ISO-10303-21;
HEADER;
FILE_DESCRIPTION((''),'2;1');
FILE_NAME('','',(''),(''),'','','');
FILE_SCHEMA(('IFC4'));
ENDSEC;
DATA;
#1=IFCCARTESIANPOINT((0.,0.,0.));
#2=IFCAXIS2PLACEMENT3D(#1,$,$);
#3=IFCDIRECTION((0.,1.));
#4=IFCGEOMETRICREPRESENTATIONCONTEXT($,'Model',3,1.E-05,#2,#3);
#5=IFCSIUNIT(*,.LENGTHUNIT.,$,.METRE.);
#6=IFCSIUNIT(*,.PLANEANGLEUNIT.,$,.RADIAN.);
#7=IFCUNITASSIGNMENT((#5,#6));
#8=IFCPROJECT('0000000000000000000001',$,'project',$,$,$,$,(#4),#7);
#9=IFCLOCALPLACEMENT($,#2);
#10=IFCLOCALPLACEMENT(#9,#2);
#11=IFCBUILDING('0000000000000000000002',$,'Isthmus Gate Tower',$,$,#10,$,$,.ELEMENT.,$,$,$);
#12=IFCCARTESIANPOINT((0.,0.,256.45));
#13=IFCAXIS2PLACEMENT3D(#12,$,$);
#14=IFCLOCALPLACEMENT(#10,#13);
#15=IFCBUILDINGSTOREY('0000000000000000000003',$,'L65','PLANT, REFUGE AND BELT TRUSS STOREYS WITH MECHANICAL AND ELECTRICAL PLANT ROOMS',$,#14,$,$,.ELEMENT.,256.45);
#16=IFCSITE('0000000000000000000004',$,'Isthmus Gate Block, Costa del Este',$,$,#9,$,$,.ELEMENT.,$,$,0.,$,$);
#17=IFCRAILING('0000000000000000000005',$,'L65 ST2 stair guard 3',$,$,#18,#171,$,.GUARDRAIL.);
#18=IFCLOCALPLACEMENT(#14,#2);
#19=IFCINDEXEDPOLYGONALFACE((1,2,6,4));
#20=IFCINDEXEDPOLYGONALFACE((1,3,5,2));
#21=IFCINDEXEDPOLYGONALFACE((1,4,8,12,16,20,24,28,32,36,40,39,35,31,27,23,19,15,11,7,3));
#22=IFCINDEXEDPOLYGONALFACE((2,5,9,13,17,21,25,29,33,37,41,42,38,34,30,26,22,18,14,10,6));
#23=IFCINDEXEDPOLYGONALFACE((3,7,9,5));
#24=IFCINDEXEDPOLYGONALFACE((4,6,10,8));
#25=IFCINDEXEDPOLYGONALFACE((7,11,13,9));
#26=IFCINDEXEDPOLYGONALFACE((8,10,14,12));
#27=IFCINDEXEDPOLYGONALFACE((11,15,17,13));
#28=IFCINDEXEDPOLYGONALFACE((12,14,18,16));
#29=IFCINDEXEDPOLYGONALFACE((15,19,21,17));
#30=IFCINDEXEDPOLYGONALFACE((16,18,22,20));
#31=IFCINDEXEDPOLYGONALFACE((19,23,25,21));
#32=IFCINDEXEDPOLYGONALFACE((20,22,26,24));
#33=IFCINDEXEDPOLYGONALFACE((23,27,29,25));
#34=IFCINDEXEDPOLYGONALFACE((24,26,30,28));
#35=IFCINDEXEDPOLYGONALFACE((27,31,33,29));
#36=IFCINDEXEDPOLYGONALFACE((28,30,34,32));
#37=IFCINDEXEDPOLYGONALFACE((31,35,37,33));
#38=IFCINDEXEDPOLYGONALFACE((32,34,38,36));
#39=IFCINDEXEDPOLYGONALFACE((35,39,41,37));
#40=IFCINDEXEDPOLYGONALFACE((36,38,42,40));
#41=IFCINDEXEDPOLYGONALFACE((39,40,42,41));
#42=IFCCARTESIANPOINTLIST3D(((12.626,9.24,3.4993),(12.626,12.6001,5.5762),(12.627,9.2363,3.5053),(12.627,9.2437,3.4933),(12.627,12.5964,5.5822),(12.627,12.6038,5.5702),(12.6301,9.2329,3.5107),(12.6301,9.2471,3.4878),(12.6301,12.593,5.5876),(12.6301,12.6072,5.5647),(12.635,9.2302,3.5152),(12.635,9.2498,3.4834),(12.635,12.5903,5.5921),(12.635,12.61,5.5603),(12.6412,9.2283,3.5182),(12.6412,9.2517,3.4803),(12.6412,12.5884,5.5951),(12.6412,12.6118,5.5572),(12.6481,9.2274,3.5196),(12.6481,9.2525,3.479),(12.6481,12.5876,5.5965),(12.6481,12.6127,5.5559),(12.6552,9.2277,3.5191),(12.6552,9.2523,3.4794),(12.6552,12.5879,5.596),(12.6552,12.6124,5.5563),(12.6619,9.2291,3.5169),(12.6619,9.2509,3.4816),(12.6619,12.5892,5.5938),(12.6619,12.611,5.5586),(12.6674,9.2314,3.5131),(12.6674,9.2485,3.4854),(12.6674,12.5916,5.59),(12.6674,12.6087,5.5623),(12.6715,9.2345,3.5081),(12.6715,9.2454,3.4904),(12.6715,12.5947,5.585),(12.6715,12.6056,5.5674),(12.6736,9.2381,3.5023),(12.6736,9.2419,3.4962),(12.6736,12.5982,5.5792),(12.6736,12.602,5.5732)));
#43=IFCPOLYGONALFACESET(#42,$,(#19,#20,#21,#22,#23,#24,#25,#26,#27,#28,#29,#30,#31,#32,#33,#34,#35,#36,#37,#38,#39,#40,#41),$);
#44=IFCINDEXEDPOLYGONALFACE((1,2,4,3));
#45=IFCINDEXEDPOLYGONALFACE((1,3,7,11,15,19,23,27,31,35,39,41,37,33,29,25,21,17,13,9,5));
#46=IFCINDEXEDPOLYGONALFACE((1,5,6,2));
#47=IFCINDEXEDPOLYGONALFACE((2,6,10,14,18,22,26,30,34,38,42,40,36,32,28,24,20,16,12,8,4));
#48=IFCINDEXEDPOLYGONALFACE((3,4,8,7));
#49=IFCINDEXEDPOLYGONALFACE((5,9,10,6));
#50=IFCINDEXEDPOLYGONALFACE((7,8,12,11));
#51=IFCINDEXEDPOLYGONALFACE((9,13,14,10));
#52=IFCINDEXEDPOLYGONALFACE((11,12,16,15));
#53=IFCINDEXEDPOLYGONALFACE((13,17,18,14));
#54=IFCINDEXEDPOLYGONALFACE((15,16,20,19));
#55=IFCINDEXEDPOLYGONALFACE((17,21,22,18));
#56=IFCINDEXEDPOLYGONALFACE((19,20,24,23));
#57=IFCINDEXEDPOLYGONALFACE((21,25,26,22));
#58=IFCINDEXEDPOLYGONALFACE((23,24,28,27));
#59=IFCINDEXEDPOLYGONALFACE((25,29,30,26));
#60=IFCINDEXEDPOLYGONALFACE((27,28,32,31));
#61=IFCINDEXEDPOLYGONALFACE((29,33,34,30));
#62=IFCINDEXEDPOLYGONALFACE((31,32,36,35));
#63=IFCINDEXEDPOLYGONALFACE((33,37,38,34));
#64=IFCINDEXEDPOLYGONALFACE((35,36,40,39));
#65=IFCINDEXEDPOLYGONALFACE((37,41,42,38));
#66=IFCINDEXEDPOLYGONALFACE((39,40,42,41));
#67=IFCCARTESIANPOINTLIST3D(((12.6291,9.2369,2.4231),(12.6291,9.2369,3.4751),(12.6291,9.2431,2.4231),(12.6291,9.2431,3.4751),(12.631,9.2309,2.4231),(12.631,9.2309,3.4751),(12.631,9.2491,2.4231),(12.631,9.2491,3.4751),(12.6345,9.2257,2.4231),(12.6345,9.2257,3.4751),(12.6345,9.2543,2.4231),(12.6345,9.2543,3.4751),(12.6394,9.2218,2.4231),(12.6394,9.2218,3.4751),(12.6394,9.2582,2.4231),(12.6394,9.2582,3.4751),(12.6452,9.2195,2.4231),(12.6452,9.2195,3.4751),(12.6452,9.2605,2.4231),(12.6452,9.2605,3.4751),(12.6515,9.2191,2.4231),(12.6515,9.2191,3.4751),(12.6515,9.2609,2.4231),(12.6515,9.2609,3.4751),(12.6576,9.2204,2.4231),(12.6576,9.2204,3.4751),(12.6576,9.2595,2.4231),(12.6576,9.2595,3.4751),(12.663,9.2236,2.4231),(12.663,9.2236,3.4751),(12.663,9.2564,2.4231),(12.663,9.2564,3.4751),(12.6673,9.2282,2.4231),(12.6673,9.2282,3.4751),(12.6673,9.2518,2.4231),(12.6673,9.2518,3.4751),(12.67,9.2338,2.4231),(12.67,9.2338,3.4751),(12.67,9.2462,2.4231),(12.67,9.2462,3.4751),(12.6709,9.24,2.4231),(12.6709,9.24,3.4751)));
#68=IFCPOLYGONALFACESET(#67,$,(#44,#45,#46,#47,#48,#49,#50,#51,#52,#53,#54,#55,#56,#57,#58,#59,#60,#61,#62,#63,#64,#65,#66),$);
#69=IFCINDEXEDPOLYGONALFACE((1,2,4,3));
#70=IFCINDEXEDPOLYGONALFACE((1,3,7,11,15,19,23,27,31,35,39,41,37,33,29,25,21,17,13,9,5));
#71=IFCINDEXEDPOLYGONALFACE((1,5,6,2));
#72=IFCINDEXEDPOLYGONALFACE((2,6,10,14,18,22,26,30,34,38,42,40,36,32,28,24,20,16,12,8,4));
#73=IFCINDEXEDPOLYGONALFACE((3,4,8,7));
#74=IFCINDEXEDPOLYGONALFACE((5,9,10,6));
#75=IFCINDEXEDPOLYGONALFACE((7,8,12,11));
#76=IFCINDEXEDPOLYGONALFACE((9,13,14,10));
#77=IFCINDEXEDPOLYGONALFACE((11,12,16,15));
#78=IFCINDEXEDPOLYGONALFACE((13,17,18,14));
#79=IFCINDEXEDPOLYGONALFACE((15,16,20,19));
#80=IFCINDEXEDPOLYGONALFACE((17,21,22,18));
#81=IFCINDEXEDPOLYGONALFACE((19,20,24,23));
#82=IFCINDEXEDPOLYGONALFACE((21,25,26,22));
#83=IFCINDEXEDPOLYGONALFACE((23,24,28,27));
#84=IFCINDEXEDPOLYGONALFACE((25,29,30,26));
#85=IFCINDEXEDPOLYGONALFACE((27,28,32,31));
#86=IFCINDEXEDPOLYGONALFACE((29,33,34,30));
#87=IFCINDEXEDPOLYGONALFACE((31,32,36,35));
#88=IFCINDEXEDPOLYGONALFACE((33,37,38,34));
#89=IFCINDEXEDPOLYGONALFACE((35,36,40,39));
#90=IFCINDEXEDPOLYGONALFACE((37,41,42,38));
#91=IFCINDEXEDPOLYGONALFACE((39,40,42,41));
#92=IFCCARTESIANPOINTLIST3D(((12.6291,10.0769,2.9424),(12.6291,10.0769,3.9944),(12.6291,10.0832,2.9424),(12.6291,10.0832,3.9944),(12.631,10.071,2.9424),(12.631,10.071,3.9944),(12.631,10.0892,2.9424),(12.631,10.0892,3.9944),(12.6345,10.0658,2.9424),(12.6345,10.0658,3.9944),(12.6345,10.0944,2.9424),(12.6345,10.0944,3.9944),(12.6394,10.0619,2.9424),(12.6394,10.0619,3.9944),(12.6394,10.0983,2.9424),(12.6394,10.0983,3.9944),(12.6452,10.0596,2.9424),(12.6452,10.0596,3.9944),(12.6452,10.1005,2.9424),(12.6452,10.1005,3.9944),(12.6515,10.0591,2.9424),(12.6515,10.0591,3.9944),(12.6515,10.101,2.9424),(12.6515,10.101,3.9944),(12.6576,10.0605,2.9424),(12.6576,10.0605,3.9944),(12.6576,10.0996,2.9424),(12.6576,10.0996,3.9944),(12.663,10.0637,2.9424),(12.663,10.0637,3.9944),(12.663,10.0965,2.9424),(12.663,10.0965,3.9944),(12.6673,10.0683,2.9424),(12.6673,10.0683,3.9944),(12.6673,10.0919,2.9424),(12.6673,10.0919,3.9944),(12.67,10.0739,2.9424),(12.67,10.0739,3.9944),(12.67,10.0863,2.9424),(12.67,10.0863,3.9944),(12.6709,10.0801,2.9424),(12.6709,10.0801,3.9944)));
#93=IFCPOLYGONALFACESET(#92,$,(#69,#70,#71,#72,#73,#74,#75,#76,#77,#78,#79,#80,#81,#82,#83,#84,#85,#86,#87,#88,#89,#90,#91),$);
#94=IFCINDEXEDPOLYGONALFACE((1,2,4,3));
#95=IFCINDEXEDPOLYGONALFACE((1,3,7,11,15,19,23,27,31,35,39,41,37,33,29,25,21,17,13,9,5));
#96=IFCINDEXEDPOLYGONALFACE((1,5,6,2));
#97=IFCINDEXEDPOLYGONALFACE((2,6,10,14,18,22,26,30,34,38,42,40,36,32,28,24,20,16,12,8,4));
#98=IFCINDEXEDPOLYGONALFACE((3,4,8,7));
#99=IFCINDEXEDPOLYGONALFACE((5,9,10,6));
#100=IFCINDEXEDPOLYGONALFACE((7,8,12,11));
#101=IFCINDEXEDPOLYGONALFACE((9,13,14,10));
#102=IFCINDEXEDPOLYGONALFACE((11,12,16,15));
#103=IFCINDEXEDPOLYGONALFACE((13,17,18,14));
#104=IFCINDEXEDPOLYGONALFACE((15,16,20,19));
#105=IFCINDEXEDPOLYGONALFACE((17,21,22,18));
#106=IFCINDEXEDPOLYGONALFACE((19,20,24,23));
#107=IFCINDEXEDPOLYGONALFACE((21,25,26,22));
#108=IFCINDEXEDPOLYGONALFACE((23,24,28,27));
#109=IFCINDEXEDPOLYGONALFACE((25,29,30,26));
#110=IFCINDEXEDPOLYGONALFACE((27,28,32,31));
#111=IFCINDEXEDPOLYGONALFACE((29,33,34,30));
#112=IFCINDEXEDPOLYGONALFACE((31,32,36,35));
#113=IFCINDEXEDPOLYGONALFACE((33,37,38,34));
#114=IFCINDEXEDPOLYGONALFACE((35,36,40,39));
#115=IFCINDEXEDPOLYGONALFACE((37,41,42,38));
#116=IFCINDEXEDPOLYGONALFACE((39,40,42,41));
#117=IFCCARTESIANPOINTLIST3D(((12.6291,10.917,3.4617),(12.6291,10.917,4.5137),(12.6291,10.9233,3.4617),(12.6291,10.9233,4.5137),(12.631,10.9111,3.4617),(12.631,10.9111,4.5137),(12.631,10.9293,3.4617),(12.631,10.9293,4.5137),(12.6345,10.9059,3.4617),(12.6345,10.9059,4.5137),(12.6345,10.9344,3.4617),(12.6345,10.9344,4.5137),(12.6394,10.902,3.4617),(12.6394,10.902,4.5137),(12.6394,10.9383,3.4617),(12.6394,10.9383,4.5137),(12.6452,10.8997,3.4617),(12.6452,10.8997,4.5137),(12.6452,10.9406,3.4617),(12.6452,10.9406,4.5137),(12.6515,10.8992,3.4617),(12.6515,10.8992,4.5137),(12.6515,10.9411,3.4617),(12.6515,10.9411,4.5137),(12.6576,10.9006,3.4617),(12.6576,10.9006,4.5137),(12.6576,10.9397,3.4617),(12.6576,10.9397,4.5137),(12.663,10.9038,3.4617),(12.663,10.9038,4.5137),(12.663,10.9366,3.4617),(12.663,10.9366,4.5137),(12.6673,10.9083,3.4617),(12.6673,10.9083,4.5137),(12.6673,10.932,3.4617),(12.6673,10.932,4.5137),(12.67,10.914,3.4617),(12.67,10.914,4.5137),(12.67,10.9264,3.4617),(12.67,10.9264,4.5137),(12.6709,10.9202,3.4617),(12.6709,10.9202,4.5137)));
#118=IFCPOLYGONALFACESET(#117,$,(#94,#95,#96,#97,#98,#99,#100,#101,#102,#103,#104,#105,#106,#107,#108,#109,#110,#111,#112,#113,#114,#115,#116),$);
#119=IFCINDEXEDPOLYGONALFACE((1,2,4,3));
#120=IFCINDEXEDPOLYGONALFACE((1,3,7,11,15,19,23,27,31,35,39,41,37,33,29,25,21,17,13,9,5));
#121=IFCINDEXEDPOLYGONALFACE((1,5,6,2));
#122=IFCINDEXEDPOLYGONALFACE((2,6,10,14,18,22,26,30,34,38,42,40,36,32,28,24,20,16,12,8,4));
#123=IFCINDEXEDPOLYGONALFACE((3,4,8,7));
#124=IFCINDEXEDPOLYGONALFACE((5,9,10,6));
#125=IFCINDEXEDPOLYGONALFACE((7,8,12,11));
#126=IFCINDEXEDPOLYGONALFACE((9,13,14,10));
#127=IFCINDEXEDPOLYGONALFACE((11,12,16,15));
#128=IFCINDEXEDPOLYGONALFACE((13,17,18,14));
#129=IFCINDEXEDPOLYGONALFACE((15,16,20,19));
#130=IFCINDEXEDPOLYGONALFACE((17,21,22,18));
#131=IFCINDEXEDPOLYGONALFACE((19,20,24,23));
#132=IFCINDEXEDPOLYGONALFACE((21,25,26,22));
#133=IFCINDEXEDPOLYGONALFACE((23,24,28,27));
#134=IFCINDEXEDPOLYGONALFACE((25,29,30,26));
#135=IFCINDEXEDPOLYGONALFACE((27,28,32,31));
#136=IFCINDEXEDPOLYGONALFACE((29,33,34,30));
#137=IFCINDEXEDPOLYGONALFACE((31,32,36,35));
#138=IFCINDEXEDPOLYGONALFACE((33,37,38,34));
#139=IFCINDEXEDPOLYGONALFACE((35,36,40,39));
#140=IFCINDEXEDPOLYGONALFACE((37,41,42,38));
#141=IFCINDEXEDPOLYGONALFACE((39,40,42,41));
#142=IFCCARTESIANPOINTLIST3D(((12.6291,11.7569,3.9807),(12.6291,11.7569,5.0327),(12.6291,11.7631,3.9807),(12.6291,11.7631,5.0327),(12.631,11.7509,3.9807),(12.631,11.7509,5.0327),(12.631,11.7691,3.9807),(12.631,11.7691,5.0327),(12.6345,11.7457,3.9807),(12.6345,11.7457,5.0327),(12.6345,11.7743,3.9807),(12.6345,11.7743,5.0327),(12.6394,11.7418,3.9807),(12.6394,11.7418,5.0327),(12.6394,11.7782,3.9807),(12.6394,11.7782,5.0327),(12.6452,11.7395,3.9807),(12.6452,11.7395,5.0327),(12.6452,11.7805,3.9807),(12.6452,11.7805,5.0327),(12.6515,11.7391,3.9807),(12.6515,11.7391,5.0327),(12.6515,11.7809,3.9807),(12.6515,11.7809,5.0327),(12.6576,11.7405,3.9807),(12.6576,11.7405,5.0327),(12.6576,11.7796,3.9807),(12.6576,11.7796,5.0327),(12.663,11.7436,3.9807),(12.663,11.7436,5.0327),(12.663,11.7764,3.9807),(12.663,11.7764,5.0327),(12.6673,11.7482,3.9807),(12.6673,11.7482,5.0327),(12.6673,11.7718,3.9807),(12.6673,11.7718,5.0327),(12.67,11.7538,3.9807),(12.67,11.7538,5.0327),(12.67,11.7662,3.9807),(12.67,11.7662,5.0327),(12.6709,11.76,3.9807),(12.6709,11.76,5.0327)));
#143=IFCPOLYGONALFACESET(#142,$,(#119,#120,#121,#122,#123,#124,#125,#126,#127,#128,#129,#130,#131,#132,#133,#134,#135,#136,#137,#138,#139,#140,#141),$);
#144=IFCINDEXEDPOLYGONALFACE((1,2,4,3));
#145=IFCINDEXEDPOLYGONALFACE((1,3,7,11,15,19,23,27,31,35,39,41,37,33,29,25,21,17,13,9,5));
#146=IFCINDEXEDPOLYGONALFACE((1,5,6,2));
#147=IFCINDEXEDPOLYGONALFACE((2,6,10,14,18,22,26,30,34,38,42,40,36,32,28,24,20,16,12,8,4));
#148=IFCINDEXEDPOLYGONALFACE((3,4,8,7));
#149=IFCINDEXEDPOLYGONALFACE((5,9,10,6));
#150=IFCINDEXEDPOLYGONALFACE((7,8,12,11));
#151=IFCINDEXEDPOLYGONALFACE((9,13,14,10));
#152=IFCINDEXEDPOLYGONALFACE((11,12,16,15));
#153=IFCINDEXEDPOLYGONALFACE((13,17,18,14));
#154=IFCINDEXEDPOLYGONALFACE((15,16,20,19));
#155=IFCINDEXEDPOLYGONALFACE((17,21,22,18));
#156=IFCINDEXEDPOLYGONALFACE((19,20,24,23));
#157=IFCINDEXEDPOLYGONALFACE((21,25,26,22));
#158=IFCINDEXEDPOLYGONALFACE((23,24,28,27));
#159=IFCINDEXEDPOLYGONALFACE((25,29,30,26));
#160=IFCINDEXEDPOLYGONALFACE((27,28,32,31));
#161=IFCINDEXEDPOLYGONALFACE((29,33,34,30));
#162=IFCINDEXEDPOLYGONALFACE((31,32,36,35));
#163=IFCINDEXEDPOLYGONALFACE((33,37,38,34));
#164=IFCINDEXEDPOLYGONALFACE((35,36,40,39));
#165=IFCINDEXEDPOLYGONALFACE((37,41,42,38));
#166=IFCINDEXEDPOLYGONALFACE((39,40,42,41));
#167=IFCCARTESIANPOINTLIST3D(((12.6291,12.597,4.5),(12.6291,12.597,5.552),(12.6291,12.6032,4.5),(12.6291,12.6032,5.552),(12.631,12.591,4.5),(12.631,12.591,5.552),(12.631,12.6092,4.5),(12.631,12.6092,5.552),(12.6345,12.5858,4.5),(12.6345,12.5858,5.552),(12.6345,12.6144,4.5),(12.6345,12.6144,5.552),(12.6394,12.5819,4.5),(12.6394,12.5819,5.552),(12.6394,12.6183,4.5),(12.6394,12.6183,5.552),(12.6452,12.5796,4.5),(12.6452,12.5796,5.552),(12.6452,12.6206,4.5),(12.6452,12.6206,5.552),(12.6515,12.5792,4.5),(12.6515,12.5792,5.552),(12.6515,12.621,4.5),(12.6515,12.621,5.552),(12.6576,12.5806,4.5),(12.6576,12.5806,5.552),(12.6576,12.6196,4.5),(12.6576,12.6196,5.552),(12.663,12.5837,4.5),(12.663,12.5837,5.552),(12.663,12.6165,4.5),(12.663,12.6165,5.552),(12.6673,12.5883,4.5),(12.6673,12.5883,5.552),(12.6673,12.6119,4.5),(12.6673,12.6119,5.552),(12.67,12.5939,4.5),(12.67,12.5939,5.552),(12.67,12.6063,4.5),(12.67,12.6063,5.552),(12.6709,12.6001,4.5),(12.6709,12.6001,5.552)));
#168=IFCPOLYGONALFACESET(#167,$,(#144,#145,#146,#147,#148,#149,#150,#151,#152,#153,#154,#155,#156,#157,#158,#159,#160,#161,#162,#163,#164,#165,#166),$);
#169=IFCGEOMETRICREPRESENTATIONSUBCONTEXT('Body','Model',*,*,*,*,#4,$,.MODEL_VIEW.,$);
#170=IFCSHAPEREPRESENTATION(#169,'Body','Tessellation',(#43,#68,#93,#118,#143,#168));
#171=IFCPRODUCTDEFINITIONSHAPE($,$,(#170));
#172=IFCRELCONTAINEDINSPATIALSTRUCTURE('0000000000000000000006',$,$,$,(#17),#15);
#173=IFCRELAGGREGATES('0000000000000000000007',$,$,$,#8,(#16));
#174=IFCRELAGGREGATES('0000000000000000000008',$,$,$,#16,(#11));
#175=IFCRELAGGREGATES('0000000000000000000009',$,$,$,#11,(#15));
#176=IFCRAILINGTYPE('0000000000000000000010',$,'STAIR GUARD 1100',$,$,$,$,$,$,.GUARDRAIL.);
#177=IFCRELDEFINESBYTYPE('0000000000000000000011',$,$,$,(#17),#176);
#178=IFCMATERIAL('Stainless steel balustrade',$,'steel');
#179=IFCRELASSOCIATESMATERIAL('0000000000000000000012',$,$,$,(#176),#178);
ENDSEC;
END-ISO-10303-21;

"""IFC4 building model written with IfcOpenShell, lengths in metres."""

from ifc_helpers import new_model, si_unit, direction, frame, origin, origin_2d, place, context, subcontext, project, spatial, circle, extrude, material, type_object, element, save


model = new_model("IFC4")

# Units and contexts
model_context = context("Model", 3, precision=1e-05, world=origin(), true_north=direction((0.0, 1.0)))
body_context = subcontext(model_context, "Body", "Model", "MODEL_VIEW")
ifc_project = project(units=[si_unit("LENGTHUNIT", "METRE"), si_unit("PLANEANGLEUNIT", "RADIAN")], contexts=[model_context])

# Site, building, storey
site_placement = place(None, origin())
site = spatial("IfcSite", under=ifc_project, at=site_placement, Name="Isthmus Gate Block, Costa del Este", CompositionType="ELEMENT", RefElevation=0.0)
building_placement = place(site_placement, origin())
building = spatial("IfcBuilding", under=site, at=building_placement, Name="Isthmus Gate Tower", CompositionType="ELEMENT")
storey_placement = place(building_placement, frame((0.0, 0.0, 256.45)))
storey = spatial("IfcBuildingStorey", under=building, at=storey_placement, Name="L65", Description="PLANT, REFUGE AND BELT TRUSS STOREYS WITH MECHANICAL AND ELECTRICAL PLANT ROOMS", CompositionType="ELEMENT", Elevation=256.45)

# Railing
ifc_material_1 = material(Name="Stainless steel balustrade", Category="steel")
railing_type_1 = type_object("IfcRailingType", Name="STAIR GUARD 1100", PredefinedType="GUARDRAIL", material=ifc_material_1)
for number, where, name in (
    (1, (12.6499, 9.24, 2.4231), "L65 ST2 stair guard 3"),
):
    element("IfcRailing", number, at=place(storey_placement, frame(where)), inside=storey, type_object=railing_type_1, Name=name, PredefinedType="GUARDRAIL", context=body_context, shape_type="SweptSolid", body=[
        extrude(circle(Radius=0.0239, at=origin_2d()), frame((0.0, 0.0, 1.0762), z_axis=(0.0, 0.850623, 0.525776), x_axis=(-1.0, 0.0, 0.0)), (0.0, 0.0, 1.0), 3.9502),
        extrude(circle(Radius=0.021, at=origin_2d()), origin(), (0.0, 0.0, 1.0), 1.052),
        extrude(circle(Radius=0.021, at=origin_2d()), frame((0.0, 0.8401, 0.5193)), (0.0, 0.0, 1.0), 1.052),
        extrude(circle(Radius=0.021, at=origin_2d()), frame((0.0, 1.6802, 1.0386)), (0.0, 0.0, 1.0), 1.052),
        extrude(circle(Radius=0.021, at=origin_2d()), frame((0.0, 2.52, 1.5576)), (0.0, 0.0, 1.0), 1.052),
        extrude(circle(Radius=0.021, at=origin_2d()), frame((0.0, 3.3601, 2.0769)), (0.0, 0.0, 1.0), 1.052),
    ])

save(model, "model.ifc")
